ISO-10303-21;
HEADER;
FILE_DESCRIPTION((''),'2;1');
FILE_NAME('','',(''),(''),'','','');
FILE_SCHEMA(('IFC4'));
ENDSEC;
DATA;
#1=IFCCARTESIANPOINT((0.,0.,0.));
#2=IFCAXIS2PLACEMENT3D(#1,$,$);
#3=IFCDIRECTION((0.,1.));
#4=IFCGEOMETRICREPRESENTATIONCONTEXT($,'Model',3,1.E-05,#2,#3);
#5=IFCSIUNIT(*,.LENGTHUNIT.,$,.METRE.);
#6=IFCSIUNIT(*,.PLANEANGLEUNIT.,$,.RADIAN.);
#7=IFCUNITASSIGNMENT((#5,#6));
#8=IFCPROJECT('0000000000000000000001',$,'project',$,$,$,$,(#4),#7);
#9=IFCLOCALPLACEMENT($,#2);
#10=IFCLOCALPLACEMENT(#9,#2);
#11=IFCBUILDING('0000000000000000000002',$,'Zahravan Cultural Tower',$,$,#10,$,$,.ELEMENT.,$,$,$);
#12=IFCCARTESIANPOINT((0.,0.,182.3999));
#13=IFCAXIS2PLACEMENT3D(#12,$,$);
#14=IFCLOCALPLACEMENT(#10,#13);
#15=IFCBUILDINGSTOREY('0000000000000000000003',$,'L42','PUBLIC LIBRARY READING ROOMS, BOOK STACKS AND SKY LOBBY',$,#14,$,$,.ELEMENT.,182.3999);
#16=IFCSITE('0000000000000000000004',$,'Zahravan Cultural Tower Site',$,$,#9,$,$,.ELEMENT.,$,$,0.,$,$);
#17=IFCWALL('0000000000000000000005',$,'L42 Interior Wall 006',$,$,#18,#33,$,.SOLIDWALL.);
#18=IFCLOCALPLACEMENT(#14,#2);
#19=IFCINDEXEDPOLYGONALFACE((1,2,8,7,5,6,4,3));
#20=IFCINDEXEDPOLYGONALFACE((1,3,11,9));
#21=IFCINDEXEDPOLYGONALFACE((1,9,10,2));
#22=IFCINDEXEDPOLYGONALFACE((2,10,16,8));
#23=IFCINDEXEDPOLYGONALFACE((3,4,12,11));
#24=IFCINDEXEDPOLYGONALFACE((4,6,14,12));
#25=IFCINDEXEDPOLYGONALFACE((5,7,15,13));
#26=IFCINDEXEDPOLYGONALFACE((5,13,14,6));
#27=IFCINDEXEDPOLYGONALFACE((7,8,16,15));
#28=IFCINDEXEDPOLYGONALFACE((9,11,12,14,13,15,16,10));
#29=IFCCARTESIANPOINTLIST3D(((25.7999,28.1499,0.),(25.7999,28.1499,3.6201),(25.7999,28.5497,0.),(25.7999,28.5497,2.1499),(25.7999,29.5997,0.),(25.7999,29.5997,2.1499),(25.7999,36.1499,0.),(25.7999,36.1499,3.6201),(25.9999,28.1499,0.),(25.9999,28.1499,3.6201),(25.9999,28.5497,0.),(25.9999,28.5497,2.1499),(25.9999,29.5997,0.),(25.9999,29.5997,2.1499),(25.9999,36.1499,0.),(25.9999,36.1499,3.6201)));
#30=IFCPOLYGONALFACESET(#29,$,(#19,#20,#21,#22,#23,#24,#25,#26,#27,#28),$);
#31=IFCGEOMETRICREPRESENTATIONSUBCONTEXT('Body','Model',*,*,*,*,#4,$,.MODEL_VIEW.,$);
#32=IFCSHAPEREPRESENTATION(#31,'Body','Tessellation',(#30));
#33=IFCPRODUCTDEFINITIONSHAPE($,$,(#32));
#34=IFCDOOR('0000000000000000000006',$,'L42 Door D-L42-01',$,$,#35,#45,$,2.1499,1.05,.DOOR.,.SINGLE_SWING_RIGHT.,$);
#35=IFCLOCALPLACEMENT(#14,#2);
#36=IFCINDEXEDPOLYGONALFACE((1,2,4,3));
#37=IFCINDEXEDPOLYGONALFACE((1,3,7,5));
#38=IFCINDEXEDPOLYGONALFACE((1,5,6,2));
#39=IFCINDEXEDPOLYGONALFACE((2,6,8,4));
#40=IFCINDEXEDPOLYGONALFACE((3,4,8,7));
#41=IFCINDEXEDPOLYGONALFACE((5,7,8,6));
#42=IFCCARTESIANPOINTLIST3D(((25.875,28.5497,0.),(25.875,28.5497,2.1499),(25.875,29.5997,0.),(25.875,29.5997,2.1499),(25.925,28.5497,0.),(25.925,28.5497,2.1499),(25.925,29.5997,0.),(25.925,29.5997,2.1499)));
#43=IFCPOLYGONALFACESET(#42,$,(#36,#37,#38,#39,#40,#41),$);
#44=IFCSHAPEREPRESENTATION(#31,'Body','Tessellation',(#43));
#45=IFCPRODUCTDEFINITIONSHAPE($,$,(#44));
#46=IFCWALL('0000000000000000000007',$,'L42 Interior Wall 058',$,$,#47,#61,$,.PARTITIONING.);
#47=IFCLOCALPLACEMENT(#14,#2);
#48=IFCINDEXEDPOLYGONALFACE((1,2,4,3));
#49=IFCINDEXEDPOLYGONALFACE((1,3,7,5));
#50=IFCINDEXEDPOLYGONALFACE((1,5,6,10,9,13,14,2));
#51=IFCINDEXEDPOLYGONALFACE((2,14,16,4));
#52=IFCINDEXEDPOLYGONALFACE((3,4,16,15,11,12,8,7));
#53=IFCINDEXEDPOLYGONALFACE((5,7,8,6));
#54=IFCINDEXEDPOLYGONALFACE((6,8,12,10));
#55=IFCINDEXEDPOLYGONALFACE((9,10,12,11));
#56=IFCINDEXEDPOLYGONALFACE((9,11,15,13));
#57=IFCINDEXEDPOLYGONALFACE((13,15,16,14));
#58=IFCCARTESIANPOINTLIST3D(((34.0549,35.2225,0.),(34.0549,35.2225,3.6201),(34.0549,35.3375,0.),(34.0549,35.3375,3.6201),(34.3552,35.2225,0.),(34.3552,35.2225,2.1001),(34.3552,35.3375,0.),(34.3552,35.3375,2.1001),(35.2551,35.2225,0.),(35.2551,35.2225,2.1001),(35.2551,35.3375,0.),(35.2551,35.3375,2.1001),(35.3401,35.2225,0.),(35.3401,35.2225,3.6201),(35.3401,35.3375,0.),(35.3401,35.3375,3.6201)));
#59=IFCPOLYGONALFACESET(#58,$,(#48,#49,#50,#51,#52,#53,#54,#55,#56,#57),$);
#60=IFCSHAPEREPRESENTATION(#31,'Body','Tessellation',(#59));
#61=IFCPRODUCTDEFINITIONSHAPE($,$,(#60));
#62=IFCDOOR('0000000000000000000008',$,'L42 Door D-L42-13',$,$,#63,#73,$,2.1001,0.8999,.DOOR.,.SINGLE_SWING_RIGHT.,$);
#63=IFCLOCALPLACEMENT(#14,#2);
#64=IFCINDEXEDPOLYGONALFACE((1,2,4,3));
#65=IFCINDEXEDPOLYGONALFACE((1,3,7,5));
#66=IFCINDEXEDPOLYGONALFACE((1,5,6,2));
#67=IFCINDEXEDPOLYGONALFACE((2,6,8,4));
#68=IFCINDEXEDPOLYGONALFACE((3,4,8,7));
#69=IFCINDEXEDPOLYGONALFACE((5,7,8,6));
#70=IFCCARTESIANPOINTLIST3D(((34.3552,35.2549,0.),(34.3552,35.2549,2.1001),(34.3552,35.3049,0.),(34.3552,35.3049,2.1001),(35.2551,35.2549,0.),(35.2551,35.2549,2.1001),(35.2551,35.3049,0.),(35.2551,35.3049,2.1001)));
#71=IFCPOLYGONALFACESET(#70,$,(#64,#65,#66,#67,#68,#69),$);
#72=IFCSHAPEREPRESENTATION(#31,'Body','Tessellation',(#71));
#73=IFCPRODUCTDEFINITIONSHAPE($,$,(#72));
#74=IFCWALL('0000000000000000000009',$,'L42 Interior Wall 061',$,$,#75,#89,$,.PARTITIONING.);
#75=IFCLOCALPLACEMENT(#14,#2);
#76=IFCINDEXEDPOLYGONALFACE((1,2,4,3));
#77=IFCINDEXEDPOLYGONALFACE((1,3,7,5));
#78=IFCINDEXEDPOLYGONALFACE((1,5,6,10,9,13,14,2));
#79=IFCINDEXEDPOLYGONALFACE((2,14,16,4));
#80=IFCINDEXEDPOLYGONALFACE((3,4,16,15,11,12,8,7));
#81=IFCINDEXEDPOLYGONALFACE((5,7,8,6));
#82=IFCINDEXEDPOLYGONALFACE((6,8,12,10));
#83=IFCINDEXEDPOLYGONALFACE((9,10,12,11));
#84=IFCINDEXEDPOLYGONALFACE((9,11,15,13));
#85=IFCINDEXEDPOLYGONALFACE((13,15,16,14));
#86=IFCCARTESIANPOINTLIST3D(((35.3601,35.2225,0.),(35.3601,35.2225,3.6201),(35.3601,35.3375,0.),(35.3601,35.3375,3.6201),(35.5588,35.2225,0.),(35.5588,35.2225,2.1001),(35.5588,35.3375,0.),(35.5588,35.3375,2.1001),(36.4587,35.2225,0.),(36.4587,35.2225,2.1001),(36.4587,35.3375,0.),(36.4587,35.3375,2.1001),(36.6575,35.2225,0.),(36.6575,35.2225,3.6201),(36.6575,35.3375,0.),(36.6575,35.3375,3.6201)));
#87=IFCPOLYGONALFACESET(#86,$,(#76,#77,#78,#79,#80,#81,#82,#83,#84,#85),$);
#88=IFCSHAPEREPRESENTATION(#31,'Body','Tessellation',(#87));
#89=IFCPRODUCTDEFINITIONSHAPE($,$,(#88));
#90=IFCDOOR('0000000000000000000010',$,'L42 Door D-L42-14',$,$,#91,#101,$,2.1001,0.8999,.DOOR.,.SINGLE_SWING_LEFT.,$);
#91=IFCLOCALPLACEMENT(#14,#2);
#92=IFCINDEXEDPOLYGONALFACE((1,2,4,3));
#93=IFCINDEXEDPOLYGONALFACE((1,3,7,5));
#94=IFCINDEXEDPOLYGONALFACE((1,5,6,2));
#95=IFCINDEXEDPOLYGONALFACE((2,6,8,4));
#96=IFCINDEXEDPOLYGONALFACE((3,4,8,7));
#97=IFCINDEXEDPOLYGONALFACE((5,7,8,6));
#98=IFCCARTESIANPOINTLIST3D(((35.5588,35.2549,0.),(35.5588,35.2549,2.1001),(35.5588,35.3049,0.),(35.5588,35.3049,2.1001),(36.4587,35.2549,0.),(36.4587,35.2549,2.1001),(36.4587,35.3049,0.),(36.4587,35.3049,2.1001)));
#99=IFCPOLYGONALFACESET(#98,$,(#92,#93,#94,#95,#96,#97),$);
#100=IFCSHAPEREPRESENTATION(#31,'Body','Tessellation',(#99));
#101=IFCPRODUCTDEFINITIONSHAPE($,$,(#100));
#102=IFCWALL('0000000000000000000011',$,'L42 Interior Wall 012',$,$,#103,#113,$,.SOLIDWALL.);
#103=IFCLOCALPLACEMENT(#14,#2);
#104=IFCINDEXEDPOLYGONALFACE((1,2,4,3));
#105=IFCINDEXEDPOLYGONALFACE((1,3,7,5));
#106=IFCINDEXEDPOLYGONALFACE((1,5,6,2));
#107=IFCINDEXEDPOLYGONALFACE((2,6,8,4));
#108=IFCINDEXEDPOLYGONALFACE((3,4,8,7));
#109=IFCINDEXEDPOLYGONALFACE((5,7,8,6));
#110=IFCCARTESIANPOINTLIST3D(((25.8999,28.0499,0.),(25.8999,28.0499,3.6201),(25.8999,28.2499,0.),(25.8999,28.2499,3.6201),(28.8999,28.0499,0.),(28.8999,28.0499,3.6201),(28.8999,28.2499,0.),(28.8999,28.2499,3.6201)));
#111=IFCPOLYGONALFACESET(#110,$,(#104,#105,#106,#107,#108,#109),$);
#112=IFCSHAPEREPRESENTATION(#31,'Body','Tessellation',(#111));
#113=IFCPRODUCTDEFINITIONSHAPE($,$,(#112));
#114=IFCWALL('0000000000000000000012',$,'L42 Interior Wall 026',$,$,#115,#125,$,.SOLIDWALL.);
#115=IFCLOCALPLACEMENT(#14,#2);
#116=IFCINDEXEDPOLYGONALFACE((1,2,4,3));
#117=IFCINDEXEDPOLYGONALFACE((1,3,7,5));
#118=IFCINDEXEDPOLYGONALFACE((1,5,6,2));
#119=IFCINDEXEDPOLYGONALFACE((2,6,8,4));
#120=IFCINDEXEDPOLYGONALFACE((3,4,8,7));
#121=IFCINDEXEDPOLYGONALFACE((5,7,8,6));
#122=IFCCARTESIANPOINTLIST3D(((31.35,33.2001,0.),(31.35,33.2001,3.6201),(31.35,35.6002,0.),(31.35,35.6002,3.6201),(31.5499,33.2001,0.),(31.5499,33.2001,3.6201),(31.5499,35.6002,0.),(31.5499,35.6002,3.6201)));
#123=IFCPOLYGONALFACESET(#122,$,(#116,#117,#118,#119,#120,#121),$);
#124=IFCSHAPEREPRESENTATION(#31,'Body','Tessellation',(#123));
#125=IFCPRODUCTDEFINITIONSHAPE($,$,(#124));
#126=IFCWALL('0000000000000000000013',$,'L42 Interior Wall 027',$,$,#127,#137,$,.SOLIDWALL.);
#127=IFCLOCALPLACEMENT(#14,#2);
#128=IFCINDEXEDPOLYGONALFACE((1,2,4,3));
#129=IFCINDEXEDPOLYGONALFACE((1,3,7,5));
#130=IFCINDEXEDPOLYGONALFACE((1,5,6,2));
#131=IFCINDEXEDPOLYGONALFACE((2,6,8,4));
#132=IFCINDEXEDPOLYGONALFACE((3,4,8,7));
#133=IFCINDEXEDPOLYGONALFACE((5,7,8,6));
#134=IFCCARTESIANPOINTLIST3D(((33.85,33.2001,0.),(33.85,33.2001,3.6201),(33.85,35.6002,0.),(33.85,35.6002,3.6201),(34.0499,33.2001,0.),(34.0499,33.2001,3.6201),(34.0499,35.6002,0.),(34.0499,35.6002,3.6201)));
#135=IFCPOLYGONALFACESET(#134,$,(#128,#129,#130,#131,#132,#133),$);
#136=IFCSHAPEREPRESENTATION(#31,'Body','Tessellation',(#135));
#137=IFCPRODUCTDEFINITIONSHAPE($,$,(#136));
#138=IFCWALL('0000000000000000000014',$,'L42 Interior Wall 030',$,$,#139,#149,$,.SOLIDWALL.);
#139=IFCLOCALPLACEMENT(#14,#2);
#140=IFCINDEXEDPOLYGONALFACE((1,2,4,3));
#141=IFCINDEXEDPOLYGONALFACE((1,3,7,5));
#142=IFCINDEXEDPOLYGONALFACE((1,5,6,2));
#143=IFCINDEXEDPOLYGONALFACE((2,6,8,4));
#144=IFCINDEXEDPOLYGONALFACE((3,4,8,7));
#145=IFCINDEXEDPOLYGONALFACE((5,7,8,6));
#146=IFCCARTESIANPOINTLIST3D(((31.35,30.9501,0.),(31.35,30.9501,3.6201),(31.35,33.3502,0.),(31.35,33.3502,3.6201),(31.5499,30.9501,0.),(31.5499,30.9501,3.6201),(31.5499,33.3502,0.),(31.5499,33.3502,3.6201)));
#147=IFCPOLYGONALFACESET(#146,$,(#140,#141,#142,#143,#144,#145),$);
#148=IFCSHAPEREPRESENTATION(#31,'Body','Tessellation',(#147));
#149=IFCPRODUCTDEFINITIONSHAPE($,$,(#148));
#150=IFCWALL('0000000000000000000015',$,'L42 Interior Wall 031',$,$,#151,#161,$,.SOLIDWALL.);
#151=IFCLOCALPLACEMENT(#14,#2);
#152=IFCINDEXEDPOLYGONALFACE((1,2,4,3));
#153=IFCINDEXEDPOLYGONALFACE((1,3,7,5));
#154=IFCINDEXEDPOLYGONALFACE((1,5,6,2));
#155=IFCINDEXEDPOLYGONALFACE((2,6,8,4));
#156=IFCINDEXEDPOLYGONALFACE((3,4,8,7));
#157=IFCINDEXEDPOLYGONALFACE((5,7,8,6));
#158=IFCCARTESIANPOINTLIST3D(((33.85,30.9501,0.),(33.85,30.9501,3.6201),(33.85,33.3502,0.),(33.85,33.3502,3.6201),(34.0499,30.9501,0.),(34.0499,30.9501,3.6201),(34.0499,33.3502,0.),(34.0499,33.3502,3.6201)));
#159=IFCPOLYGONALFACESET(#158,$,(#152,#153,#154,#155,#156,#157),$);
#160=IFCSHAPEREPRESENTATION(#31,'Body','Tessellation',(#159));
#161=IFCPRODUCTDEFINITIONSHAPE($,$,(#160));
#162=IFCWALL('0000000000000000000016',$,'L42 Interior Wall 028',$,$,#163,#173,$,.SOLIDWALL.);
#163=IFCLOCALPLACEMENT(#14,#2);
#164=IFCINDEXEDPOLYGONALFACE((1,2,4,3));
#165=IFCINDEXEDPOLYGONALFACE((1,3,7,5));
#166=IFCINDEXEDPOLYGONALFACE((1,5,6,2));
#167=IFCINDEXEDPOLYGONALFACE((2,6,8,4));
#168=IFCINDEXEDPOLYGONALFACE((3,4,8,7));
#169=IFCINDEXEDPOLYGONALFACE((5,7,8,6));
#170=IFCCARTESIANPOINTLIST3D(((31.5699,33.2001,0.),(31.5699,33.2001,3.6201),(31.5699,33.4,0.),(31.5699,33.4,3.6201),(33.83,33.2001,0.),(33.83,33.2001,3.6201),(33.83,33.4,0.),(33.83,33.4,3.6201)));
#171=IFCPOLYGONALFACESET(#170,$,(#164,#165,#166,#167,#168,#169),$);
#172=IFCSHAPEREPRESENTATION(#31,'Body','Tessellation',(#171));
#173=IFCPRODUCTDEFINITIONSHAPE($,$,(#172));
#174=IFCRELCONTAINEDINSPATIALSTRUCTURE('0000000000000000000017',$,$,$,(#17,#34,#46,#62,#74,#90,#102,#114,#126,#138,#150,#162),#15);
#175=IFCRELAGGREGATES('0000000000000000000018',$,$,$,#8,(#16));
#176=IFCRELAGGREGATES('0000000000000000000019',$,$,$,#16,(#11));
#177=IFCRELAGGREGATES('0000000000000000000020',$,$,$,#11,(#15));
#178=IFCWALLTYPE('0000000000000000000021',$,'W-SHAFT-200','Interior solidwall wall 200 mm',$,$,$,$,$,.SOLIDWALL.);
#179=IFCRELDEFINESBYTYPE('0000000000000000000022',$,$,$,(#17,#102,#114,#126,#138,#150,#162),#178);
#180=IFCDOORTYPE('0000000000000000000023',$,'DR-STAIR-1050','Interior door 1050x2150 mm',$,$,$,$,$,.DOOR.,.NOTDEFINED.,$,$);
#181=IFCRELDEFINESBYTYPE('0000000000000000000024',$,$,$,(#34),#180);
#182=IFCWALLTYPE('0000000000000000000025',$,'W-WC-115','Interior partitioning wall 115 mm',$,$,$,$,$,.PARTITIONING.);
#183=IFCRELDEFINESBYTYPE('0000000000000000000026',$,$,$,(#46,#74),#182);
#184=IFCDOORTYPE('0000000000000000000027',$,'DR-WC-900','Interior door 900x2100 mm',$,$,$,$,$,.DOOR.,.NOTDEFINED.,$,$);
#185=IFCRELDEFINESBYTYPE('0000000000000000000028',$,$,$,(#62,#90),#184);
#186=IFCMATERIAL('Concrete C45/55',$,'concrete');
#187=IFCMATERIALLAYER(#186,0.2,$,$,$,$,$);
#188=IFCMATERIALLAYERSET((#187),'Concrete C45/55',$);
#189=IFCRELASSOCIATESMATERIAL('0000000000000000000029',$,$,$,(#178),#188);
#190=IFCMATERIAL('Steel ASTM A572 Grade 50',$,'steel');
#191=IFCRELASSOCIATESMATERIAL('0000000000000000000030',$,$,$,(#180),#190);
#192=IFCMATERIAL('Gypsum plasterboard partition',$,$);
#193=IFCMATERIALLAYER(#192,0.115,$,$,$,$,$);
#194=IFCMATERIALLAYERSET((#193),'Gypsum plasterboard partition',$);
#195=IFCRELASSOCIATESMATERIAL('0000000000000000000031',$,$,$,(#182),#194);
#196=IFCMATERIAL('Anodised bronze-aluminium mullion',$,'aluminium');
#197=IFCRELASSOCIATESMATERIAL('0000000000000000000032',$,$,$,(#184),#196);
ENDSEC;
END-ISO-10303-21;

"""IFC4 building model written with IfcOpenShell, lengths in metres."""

from ifc_helpers import new_model, si_unit, direction, frame, frame_2d, origin, place, context, subcontext, project, spatial, rectangle, extrude, source, transform, mapped, material, layer, layer_set, type_object, element, fill, save


model = new_model("IFC4")

# Units and contexts
model_context = context("Model", 3, precision=1e-05, world=origin(), true_north=direction((0.0, 1.0)))
body_context = subcontext(model_context, "Body", "Model", "MODEL_VIEW")
ifc_project = project(units=[si_unit("LENGTHUNIT", "METRE"), si_unit("PLANEANGLEUNIT", "RADIAN")], contexts=[model_context])

# Site, building, storey
site_placement = place(None, origin())
site = spatial("IfcSite", under=ifc_project, at=site_placement, Name="Zahravan Cultural Tower Site", CompositionType="ELEMENT", RefElevation=0.0)
building_placement = place(site_placement, origin())
building = spatial("IfcBuilding", under=site, at=building_placement, Name="Zahravan Cultural Tower", CompositionType="ELEMENT")
storey_placement = place(building_placement, frame((0.0, 0.0, 182.3999)))
storey = spatial("IfcBuildingStorey", under=building, at=storey_placement, Name="L42", Description="PUBLIC LIBRARY READING ROOMS, BOOK STACKS AND SKY LOBBY", CompositionType="ELEMENT", Elevation=182.3999)

# Walls, openings, doors
ifc_material_1 = material(Name="Steel ASTM A572 Grade 50", Category="steel")
ifc_material_2 = material(Name="Gypsum plasterboard partition")
ifc_material_3 = material(Name="Anodised bronze-aluminium mullion", Category="aluminium")
ifc_material_4 = material(Name="Concrete C45/55", Category="concrete")
ifc_layer_1 = layer(ifc_material_4, 0.2)
ifc_layer_set_1 = layer_set([ifc_layer_1], Name="Concrete C45/55")
wall_type_1 = type_object("IfcWallType", Name="W-SHAFT-200", Description="Interior solidwall wall 200 mm", PredefinedType="SOLIDWALL", material=ifc_layer_set_1)
wall_1_placement = place(storey_placement, frame((25.8999, 28.1499, 0.0), z_axis=(0.0, 0.0, 1.0), x_axis=(0.0, 1.0, 0.0)))
wall_1 = element("IfcWall", 1, at=wall_1_placement, inside=storey, type_object=wall_type_1, Name="L42 Interior Wall 006", PredefinedType="SOLIDWALL", context=body_context, shape_type="SweptSolid", body=[
    extrude(rectangle(XDim=8.0, YDim=0.2, at=frame_2d((4.0, 0.0))), origin(), (0.0, 0.0, 1.0), 3.6201),
])
opening_1_placement = place(wall_1_placement, frame((0.3999, 0.0, 0.0)))
opening_1 = element("IfcOpeningElement", 2, at=opening_1_placement, cuts=wall_1, PredefinedType="OPENING", context=body_context, shape_type="SweptSolid", body=[
    extrude(rectangle(XDim=1.05, YDim=2.1499, at=frame_2d((0.5249, 1.075))), frame((0.0, 0.1099, 0.0), z_axis=(0.0, -1.0, 0.0), x_axis=(1.0, 0.0, 0.0)), (0.0, 0.0, 1.0), 0.22),
])
door_type_1 = type_object("IfcDoorType", Name="DR-STAIR-1050", Description="Interior door 1050x2150 mm", OperationType="NOTDEFINED", PredefinedType="DOOR", material=ifc_material_1)
shared_shape_1 = source(origin(), body_context, "Body", "SweptSolid", [
    extrude(rectangle(XDim=1.05, YDim=2.1499, at=frame_2d((0.5249, 1.075))), frame((0.0, 0.0249, 0.0), z_axis=(0.0, -1.0, 0.0), x_axis=(1.0, 0.0, 0.0)), (0.0, 0.0, 1.0), 0.05),
])
door_1_placement = place(opening_1_placement, origin())
door_1 = element("IfcDoor", 3, at=door_1_placement, inside=storey, type_object=door_type_1, Name="L42 Door D-L42-01", OperationType="SINGLE_SWING_RIGHT", OverallHeight=2.1499, OverallWidth=1.05, PredefinedType="DOOR", context=body_context, shape_type="MappedRepresentation", body=[
    mapped(shared_shape_1, transform((0.0, 0.0, 0.0), x_axis=(1.0, 0.0, 0.0), y_axis=(0.0, 1.0, 0.0), z_axis=(0.0, 0.0, 1.0), scale=1.0)),
])
fill(opening_1, door_1)
ifc_layer_2 = layer(ifc_material_2, 0.115)
ifc_layer_set_2 = layer_set([ifc_layer_2], Name="Gypsum plasterboard partition")
wall_type_2 = type_object("IfcWallType", Name="W-WC-115", Description="Interior partitioning wall 115 mm", PredefinedType="PARTITIONING", material=ifc_layer_set_2)
wall_2_placement = place(storey_placement, frame((34.0549, 35.28, 0.0), z_axis=(0.0, 0.0, 1.0), x_axis=(1.0, 0.0, 0.0)))
wall_2 = element("IfcWall", 4, at=wall_2_placement, inside=storey, type_object=wall_type_2, Name="L42 Interior Wall 058", PredefinedType="PARTITIONING", context=body_context, shape_type="SweptSolid", body=[
    extrude(rectangle(XDim=1.2852, YDim=0.115, at=frame_2d((0.6426, 0.0))), origin(), (0.0, 0.0, 1.0), 3.6201),
])
opening_2_placement = place(wall_2_placement, frame((0.3003, 0.0, 0.0)))
opening_2 = element("IfcOpeningElement", 5, at=opening_2_placement, cuts=wall_2, PredefinedType="OPENING", context=body_context, shape_type="SweptSolid", body=[
    extrude(rectangle(XDim=0.8999, YDim=2.1001, at=frame_2d((0.45, 1.05))), frame((0.0, 0.0674, 0.0), z_axis=(0.0, -1.0, 0.0), x_axis=(1.0, 0.0, 0.0)), (0.0, 0.0, 1.0), 0.135),
])
door_type_2 = type_object("IfcDoorType", Name="DR-WC-900", Description="Interior door 900x2100 mm", OperationType="NOTDEFINED", PredefinedType="DOOR", material=ifc_material_3)
shared_shape_2 = source(origin(), body_context, "Body", "SweptSolid", [
    extrude(rectangle(XDim=0.8999, YDim=2.1001, at=frame_2d((0.45, 1.05))), frame((0.0, 0.0249, 0.0), z_axis=(0.0, -1.0, 0.0), x_axis=(1.0, 0.0, 0.0)), (0.0, 0.0, 1.0), 0.05),
])
door_2_placement = place(opening_2_placement, origin())
door_2 = element("IfcDoor", 6, at=door_2_placement, inside=storey, type_object=door_type_2, Name="L42 Door D-L42-13", OperationType="SINGLE_SWING_RIGHT", OverallHeight=2.1001, OverallWidth=0.8999, PredefinedType="DOOR", context=body_context, shape_type="MappedRepresentation", body=[
    mapped(shared_shape_2, transform((0.0, 0.0, 0.0), x_axis=(1.0, 0.0, 0.0), y_axis=(0.0, 1.0, 0.0), z_axis=(0.0, 0.0, 1.0), scale=1.0)),
])
fill(opening_2, door_2)
wall_3_placement = place(storey_placement, frame((35.3601, 35.28, 0.0), z_axis=(0.0, 0.0, 1.0), x_axis=(1.0, 0.0, 0.0)))
wall_3 = element("IfcWall", 7, at=wall_3_placement, inside=storey, type_object=wall_type_2, Name="L42 Interior Wall 061", PredefinedType="PARTITIONING", context=body_context, shape_type="SweptSolid", body=[
    extrude(rectangle(XDim=1.2974, YDim=0.115, at=frame_2d((0.6487, 0.0))), origin(), (0.0, 0.0, 1.0), 3.6201),
])
opening_3_placement = place(wall_3_placement, frame((0.1987, 0.0, 0.0)))
opening_3 = element("IfcOpeningElement", 8, at=opening_3_placement, cuts=wall_3, PredefinedType="OPENING", context=body_context, shape_type="SweptSolid", body=[
    extrude(rectangle(XDim=0.8999, YDim=2.1001, at=frame_2d((0.45, 1.05))), frame((0.0, 0.0674, 0.0), z_axis=(0.0, -1.0, 0.0), x_axis=(1.0, 0.0, 0.0)), (0.0, 0.0, 1.0), 0.135),
])
door_3_placement = place(opening_3_placement, origin())
door_3 = element("IfcDoor", 9, at=door_3_placement, inside=storey, type_object=door_type_2, Name="L42 Door D-L42-14", OperationType="SINGLE_SWING_LEFT", OverallHeight=2.1001, OverallWidth=0.8999, PredefinedType="DOOR", context=body_context, shape_type="MappedRepresentation", body=[
    mapped(shared_shape_2, transform((0.0, 0.0, 0.0), x_axis=(1.0, 0.0, 0.0), y_axis=(0.0, 1.0, 0.0), z_axis=(0.0, 0.0, 1.0), scale=1.0)),
])
fill(opening_3, door_3)

# Walls
shared_shape_3 = source(origin(), body_context, "Body", "SweptSolid", [
    extrude(rectangle(XDim=3.0, YDim=0.2, at=frame_2d((1.5, 0.0))), origin(), (0.0, 0.0, 1.0), 3.6201),
])
wall_4_placement = place(storey_placement, frame((25.8999, 28.1499, 0.0), z_axis=(0.0, 0.0, 1.0), x_axis=(1.0, 0.0, 0.0)))
element("IfcWall", 10, at=wall_4_placement, inside=storey, type_object=wall_type_1, Name="L42 Interior Wall 012", PredefinedType="SOLIDWALL", context=body_context, shape_type="MappedRepresentation", body=[
    mapped(shared_shape_3, transform((0.0, 0.0, 0.0), x_axis=(1.0, 0.0, 0.0), y_axis=(0.0, 1.0, 0.0), z_axis=(0.0, 0.0, 1.0), scale=1.0)),
])
shared_shape_4 = source(origin(), body_context, "Body", "SweptSolid", [
    extrude(rectangle(XDim=2.4001, YDim=0.2, at=frame_2d((1.2002, 0.0))), origin(), (0.0, 0.0, 1.0), 3.6201),
])
for number, where, z_axis, x_axis, name in (
    (11, (31.45, 33.2, 0.0), (0.0, 0.0, 1.0), (0.0, 1.0, 0.0), "L42 Interior Wall 026"),
    (12, (33.95, 33.2, 0.0), (0.0, 0.0, 1.0), (0.0, 1.0, 0.0), "L42 Interior Wall 027"),
    (13, (31.45, 30.95, 0.0), (0.0, 0.0, 1.0), (0.0, 1.0, 0.0), "L42 Interior Wall 030"),
    (14, (33.95, 30.95, 0.0), (0.0, 0.0, 1.0), (0.0, 1.0, 0.0), "L42 Interior Wall 031"),
):
    element("IfcWall", number, at=place(storey_placement, frame(where, z_axis=z_axis, x_axis=x_axis)), inside=storey, type_object=wall_type_1, Name=name, PredefinedType="SOLIDWALL", context=body_context, shape_type="MappedRepresentation", body=[
        mapped(shared_shape_4, transform((0.0, 0.0, 0.0), x_axis=(1.0, 0.0, 0.0), y_axis=(0.0, 1.0, 0.0), z_axis=(0.0, 0.0, 1.0), scale=1.0)),
    ])
shared_shape_5 = source(origin(), body_context, "Body", "SweptSolid", [
    extrude(rectangle(XDim=2.26, YDim=0.2, at=frame_2d((1.1299, 0.0))), origin(), (0.0, 0.0, 1.0), 3.6201),
])
for number, where, z_axis, x_axis, name in (
    (15, (31.5701, 33.3, 0.0), (0.0, 0.0, 1.0), (1.0, 0.0, 0.0), "L42 Interior Wall 028"),
):
    element("IfcWall", number, at=place(storey_placement, frame(where, z_axis=z_axis, x_axis=x_axis)), inside=storey, type_object=wall_type_1, Name=name, PredefinedType="SOLIDWALL", context=body_context, shape_type="MappedRepresentation", body=[
        mapped(shared_shape_5, transform((0.0, 0.0, 0.0), x_axis=(1.0, 0.0, 0.0), y_axis=(0.0, 1.0, 0.0), z_axis=(0.0, 0.0, 1.0), scale=1.0)),
    ])

save(model, "model.ifc")
